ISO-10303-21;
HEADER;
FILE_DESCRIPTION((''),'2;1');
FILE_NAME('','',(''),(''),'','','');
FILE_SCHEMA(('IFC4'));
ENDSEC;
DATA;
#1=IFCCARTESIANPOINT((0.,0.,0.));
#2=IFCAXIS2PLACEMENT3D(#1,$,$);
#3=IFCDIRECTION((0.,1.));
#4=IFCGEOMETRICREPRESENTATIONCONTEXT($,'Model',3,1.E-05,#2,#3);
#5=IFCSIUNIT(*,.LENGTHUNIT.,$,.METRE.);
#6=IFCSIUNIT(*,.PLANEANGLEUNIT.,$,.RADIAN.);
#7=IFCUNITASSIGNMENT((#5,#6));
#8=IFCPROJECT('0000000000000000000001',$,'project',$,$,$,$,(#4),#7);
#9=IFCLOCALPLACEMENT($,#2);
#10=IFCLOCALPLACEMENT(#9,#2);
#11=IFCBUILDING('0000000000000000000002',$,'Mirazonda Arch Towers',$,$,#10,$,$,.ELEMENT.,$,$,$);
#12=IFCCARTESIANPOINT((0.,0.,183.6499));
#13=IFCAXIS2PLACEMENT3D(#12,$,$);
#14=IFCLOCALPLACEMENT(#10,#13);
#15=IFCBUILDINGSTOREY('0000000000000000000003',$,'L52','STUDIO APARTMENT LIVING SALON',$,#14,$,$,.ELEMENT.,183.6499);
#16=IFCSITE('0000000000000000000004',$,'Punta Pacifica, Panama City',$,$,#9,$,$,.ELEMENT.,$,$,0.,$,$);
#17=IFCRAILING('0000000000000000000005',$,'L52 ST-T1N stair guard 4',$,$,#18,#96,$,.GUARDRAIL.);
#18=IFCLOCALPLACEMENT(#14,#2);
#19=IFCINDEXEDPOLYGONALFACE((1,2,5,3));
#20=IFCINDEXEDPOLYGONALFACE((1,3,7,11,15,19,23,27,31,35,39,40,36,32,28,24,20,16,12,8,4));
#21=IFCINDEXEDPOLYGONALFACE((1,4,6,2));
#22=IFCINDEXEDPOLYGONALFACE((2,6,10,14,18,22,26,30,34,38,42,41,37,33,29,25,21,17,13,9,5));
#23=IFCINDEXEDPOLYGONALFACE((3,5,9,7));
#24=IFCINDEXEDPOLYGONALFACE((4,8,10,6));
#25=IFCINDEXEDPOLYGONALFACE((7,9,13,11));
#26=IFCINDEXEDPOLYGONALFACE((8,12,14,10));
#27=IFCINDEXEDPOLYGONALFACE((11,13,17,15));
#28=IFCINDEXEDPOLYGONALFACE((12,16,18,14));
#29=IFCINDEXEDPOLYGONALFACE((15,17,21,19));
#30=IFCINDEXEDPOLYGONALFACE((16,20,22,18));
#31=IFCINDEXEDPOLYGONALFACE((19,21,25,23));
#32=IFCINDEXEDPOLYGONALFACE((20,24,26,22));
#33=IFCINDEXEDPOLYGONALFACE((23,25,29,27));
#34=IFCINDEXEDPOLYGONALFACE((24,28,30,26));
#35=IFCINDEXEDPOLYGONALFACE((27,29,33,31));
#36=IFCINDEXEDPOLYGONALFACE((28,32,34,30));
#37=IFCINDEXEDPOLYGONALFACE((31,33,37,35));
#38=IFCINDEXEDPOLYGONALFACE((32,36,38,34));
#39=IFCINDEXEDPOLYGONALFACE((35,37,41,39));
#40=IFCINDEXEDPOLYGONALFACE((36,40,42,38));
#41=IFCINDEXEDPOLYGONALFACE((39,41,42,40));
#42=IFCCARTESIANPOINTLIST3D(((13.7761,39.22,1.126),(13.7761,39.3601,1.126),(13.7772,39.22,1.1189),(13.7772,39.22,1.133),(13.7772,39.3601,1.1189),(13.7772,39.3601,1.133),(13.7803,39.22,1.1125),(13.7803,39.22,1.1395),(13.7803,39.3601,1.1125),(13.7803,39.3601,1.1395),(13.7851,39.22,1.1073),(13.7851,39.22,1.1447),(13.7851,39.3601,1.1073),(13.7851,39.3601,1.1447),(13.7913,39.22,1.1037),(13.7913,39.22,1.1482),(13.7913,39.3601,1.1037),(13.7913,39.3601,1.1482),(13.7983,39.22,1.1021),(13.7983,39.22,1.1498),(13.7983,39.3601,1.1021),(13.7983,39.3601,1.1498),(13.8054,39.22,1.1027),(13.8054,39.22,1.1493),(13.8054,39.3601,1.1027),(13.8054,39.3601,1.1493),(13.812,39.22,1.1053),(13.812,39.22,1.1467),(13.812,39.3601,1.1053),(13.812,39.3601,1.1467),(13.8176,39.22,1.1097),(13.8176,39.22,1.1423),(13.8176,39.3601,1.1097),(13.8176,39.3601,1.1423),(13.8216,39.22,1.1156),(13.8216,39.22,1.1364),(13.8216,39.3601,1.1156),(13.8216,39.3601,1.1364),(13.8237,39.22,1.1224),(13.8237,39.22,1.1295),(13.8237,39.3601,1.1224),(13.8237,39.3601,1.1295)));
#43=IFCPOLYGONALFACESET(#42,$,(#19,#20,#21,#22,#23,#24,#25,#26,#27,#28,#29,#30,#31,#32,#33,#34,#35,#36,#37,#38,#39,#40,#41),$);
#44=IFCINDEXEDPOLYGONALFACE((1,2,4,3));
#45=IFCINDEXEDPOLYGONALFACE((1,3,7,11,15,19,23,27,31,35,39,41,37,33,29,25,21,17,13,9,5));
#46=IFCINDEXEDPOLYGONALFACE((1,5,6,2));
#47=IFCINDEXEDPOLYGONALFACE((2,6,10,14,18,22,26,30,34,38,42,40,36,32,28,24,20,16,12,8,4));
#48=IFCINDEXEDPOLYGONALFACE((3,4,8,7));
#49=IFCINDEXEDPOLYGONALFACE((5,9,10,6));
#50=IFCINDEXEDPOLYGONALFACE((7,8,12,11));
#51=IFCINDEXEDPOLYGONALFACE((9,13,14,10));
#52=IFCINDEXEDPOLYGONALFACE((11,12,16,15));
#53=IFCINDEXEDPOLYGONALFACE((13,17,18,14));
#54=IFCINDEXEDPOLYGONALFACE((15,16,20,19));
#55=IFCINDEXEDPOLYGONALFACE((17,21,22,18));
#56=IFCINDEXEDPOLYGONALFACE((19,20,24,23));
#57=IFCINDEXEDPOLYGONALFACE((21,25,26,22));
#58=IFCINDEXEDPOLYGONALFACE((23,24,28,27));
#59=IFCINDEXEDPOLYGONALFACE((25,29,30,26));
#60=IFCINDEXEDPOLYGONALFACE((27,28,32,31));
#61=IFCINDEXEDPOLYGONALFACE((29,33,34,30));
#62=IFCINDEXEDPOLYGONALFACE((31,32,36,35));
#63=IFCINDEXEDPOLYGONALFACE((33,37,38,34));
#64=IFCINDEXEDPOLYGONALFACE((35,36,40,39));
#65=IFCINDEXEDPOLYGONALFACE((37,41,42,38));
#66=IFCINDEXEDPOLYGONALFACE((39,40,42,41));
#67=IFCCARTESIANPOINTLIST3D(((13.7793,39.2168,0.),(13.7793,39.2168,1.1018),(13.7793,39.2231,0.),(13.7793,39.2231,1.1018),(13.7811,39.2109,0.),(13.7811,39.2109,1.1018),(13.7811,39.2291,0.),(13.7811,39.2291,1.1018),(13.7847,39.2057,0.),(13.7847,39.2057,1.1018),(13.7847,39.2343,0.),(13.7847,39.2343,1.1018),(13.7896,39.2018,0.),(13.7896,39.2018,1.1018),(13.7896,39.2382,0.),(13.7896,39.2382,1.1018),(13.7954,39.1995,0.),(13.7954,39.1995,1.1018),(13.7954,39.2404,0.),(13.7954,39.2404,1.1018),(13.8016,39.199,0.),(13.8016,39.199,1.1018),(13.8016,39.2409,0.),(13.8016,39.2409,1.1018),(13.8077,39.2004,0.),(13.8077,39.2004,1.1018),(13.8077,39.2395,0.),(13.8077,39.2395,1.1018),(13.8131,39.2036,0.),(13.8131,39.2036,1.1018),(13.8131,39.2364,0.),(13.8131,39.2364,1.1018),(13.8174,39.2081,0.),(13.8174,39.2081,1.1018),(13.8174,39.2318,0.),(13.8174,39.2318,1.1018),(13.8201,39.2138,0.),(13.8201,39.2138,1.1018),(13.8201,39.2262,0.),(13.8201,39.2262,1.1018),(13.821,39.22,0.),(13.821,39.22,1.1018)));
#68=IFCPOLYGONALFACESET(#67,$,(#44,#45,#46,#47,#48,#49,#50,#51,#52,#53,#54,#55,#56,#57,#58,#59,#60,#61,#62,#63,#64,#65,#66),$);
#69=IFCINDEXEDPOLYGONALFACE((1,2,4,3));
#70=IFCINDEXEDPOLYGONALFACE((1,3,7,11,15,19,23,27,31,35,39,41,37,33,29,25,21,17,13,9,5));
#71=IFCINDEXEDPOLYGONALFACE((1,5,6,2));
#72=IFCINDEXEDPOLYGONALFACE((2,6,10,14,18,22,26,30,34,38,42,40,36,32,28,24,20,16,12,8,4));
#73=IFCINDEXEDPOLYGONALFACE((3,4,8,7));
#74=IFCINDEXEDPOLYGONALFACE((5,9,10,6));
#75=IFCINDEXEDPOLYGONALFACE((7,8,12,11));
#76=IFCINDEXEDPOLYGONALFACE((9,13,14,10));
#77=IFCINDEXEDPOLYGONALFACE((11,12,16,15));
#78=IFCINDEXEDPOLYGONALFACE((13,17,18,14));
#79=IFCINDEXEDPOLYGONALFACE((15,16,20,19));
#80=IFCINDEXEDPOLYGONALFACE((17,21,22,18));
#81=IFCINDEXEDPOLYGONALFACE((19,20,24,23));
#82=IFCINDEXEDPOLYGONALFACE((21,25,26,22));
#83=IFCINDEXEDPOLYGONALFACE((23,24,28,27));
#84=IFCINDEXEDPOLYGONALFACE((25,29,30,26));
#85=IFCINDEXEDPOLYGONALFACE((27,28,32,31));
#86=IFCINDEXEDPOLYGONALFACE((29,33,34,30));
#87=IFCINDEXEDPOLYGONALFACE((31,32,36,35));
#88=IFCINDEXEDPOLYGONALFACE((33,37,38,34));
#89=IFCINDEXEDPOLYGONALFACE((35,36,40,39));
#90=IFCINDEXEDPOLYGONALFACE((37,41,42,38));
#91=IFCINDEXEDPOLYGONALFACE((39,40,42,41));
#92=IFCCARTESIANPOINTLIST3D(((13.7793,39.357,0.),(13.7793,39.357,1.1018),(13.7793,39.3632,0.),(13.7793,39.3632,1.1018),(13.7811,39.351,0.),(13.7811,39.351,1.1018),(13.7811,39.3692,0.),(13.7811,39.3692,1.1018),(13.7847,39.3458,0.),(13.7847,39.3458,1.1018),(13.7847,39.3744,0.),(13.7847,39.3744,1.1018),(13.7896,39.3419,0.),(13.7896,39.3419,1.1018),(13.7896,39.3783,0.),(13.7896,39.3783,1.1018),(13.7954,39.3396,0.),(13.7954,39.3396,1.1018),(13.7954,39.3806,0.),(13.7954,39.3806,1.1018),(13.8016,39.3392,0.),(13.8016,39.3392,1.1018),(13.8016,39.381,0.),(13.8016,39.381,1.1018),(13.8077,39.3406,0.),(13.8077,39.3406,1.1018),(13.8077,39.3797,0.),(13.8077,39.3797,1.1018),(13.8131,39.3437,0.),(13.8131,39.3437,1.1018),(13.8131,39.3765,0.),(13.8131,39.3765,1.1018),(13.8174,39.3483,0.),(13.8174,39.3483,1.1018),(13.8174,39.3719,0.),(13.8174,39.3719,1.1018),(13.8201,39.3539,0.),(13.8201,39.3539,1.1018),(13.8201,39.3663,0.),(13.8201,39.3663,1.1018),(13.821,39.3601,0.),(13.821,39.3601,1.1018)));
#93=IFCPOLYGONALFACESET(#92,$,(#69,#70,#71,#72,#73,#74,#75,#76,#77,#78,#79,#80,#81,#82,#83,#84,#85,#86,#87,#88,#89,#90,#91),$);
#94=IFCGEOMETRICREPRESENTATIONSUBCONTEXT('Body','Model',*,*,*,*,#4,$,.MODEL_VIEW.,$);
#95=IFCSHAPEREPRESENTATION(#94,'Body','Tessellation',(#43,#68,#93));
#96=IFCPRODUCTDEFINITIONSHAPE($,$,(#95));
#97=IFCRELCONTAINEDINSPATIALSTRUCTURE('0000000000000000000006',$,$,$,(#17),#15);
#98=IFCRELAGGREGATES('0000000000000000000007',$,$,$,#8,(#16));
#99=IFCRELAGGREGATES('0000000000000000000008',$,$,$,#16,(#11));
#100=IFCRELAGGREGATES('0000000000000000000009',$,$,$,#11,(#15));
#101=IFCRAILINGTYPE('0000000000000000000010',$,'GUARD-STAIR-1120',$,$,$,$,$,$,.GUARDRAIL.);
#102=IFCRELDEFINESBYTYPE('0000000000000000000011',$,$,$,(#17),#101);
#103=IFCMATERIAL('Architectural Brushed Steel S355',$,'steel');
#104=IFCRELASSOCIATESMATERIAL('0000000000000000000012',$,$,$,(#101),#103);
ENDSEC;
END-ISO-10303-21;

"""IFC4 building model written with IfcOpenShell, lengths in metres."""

from ifc_helpers import new_model, si_unit, direction, frame, origin, origin_2d, place, context, subcontext, project, spatial, circle, extrude, material, type_object, element, save


model = new_model("IFC4")

# Units and contexts
model_context = context("Model", 3, precision=1e-05, world=origin(), true_north=direction((0.0, 1.0)))
body_context = subcontext(model_context, "Body", "Model", "MODEL_VIEW")
ifc_project = project(units=[si_unit("LENGTHUNIT", "METRE"), si_unit("PLANEANGLEUNIT", "RADIAN")], contexts=[model_context])

# Site, building, storey
site_placement = place(None, origin())
site = spatial("IfcSite", under=ifc_project, at=site_placement, Name="Punta Pacifica, Panama City", CompositionType="ELEMENT", RefElevation=0.0)
building_placement = place(site_placement, origin())
building = spatial("IfcBuilding", under=site, at=building_placement, Name="Mirazonda Arch Towers", CompositionType="ELEMENT")
storey_placement = place(building_placement, frame((0.0, 0.0, 183.6499)))
storey = spatial("IfcBuildingStorey", under=building, at=storey_placement, Name="L52", Description="STUDIO APARTMENT LIVING SALON", CompositionType="ELEMENT", Elevation=183.6499)

# Shared definitions
ifc_material_1 = material(Name="Architectural Brushed Steel S355", Category="steel")

# Railing
railing_type_1 = type_object("IfcRailingType", Name="GUARD-STAIR-1120", PredefinedType="GUARDRAIL", material=ifc_material_1)
railing_1_placement = place(storey_placement, frame((13.8, 39.22, 0.0)))
element("IfcRailing", 1, at=railing_1_placement, inside=storey, type_object=railing_type_1, Name="L52 ST-T1N stair guard 4", PredefinedType="GUARDRAIL", context=body_context, shape_type="SweptSolid", body=[
    extrude(circle(Radius=0.0239, at=origin_2d()), frame((0.0, 0.0, 1.126), z_axis=(0.0, 1.0, 0.0), x_axis=(-1.0, 0.0, 0.0)), (0.0, 0.0, 1.0), 0.1401),
    extrude(circle(Radius=0.021, at=origin_2d()), origin(), (0.0, 0.0, 1.0), 1.1018),
    extrude(circle(Radius=0.021, at=origin_2d()), frame((0.0, 0.1401, 0.0)), (0.0, 0.0, 1.0), 1.1018),
])

save(model, "model.ifc")
